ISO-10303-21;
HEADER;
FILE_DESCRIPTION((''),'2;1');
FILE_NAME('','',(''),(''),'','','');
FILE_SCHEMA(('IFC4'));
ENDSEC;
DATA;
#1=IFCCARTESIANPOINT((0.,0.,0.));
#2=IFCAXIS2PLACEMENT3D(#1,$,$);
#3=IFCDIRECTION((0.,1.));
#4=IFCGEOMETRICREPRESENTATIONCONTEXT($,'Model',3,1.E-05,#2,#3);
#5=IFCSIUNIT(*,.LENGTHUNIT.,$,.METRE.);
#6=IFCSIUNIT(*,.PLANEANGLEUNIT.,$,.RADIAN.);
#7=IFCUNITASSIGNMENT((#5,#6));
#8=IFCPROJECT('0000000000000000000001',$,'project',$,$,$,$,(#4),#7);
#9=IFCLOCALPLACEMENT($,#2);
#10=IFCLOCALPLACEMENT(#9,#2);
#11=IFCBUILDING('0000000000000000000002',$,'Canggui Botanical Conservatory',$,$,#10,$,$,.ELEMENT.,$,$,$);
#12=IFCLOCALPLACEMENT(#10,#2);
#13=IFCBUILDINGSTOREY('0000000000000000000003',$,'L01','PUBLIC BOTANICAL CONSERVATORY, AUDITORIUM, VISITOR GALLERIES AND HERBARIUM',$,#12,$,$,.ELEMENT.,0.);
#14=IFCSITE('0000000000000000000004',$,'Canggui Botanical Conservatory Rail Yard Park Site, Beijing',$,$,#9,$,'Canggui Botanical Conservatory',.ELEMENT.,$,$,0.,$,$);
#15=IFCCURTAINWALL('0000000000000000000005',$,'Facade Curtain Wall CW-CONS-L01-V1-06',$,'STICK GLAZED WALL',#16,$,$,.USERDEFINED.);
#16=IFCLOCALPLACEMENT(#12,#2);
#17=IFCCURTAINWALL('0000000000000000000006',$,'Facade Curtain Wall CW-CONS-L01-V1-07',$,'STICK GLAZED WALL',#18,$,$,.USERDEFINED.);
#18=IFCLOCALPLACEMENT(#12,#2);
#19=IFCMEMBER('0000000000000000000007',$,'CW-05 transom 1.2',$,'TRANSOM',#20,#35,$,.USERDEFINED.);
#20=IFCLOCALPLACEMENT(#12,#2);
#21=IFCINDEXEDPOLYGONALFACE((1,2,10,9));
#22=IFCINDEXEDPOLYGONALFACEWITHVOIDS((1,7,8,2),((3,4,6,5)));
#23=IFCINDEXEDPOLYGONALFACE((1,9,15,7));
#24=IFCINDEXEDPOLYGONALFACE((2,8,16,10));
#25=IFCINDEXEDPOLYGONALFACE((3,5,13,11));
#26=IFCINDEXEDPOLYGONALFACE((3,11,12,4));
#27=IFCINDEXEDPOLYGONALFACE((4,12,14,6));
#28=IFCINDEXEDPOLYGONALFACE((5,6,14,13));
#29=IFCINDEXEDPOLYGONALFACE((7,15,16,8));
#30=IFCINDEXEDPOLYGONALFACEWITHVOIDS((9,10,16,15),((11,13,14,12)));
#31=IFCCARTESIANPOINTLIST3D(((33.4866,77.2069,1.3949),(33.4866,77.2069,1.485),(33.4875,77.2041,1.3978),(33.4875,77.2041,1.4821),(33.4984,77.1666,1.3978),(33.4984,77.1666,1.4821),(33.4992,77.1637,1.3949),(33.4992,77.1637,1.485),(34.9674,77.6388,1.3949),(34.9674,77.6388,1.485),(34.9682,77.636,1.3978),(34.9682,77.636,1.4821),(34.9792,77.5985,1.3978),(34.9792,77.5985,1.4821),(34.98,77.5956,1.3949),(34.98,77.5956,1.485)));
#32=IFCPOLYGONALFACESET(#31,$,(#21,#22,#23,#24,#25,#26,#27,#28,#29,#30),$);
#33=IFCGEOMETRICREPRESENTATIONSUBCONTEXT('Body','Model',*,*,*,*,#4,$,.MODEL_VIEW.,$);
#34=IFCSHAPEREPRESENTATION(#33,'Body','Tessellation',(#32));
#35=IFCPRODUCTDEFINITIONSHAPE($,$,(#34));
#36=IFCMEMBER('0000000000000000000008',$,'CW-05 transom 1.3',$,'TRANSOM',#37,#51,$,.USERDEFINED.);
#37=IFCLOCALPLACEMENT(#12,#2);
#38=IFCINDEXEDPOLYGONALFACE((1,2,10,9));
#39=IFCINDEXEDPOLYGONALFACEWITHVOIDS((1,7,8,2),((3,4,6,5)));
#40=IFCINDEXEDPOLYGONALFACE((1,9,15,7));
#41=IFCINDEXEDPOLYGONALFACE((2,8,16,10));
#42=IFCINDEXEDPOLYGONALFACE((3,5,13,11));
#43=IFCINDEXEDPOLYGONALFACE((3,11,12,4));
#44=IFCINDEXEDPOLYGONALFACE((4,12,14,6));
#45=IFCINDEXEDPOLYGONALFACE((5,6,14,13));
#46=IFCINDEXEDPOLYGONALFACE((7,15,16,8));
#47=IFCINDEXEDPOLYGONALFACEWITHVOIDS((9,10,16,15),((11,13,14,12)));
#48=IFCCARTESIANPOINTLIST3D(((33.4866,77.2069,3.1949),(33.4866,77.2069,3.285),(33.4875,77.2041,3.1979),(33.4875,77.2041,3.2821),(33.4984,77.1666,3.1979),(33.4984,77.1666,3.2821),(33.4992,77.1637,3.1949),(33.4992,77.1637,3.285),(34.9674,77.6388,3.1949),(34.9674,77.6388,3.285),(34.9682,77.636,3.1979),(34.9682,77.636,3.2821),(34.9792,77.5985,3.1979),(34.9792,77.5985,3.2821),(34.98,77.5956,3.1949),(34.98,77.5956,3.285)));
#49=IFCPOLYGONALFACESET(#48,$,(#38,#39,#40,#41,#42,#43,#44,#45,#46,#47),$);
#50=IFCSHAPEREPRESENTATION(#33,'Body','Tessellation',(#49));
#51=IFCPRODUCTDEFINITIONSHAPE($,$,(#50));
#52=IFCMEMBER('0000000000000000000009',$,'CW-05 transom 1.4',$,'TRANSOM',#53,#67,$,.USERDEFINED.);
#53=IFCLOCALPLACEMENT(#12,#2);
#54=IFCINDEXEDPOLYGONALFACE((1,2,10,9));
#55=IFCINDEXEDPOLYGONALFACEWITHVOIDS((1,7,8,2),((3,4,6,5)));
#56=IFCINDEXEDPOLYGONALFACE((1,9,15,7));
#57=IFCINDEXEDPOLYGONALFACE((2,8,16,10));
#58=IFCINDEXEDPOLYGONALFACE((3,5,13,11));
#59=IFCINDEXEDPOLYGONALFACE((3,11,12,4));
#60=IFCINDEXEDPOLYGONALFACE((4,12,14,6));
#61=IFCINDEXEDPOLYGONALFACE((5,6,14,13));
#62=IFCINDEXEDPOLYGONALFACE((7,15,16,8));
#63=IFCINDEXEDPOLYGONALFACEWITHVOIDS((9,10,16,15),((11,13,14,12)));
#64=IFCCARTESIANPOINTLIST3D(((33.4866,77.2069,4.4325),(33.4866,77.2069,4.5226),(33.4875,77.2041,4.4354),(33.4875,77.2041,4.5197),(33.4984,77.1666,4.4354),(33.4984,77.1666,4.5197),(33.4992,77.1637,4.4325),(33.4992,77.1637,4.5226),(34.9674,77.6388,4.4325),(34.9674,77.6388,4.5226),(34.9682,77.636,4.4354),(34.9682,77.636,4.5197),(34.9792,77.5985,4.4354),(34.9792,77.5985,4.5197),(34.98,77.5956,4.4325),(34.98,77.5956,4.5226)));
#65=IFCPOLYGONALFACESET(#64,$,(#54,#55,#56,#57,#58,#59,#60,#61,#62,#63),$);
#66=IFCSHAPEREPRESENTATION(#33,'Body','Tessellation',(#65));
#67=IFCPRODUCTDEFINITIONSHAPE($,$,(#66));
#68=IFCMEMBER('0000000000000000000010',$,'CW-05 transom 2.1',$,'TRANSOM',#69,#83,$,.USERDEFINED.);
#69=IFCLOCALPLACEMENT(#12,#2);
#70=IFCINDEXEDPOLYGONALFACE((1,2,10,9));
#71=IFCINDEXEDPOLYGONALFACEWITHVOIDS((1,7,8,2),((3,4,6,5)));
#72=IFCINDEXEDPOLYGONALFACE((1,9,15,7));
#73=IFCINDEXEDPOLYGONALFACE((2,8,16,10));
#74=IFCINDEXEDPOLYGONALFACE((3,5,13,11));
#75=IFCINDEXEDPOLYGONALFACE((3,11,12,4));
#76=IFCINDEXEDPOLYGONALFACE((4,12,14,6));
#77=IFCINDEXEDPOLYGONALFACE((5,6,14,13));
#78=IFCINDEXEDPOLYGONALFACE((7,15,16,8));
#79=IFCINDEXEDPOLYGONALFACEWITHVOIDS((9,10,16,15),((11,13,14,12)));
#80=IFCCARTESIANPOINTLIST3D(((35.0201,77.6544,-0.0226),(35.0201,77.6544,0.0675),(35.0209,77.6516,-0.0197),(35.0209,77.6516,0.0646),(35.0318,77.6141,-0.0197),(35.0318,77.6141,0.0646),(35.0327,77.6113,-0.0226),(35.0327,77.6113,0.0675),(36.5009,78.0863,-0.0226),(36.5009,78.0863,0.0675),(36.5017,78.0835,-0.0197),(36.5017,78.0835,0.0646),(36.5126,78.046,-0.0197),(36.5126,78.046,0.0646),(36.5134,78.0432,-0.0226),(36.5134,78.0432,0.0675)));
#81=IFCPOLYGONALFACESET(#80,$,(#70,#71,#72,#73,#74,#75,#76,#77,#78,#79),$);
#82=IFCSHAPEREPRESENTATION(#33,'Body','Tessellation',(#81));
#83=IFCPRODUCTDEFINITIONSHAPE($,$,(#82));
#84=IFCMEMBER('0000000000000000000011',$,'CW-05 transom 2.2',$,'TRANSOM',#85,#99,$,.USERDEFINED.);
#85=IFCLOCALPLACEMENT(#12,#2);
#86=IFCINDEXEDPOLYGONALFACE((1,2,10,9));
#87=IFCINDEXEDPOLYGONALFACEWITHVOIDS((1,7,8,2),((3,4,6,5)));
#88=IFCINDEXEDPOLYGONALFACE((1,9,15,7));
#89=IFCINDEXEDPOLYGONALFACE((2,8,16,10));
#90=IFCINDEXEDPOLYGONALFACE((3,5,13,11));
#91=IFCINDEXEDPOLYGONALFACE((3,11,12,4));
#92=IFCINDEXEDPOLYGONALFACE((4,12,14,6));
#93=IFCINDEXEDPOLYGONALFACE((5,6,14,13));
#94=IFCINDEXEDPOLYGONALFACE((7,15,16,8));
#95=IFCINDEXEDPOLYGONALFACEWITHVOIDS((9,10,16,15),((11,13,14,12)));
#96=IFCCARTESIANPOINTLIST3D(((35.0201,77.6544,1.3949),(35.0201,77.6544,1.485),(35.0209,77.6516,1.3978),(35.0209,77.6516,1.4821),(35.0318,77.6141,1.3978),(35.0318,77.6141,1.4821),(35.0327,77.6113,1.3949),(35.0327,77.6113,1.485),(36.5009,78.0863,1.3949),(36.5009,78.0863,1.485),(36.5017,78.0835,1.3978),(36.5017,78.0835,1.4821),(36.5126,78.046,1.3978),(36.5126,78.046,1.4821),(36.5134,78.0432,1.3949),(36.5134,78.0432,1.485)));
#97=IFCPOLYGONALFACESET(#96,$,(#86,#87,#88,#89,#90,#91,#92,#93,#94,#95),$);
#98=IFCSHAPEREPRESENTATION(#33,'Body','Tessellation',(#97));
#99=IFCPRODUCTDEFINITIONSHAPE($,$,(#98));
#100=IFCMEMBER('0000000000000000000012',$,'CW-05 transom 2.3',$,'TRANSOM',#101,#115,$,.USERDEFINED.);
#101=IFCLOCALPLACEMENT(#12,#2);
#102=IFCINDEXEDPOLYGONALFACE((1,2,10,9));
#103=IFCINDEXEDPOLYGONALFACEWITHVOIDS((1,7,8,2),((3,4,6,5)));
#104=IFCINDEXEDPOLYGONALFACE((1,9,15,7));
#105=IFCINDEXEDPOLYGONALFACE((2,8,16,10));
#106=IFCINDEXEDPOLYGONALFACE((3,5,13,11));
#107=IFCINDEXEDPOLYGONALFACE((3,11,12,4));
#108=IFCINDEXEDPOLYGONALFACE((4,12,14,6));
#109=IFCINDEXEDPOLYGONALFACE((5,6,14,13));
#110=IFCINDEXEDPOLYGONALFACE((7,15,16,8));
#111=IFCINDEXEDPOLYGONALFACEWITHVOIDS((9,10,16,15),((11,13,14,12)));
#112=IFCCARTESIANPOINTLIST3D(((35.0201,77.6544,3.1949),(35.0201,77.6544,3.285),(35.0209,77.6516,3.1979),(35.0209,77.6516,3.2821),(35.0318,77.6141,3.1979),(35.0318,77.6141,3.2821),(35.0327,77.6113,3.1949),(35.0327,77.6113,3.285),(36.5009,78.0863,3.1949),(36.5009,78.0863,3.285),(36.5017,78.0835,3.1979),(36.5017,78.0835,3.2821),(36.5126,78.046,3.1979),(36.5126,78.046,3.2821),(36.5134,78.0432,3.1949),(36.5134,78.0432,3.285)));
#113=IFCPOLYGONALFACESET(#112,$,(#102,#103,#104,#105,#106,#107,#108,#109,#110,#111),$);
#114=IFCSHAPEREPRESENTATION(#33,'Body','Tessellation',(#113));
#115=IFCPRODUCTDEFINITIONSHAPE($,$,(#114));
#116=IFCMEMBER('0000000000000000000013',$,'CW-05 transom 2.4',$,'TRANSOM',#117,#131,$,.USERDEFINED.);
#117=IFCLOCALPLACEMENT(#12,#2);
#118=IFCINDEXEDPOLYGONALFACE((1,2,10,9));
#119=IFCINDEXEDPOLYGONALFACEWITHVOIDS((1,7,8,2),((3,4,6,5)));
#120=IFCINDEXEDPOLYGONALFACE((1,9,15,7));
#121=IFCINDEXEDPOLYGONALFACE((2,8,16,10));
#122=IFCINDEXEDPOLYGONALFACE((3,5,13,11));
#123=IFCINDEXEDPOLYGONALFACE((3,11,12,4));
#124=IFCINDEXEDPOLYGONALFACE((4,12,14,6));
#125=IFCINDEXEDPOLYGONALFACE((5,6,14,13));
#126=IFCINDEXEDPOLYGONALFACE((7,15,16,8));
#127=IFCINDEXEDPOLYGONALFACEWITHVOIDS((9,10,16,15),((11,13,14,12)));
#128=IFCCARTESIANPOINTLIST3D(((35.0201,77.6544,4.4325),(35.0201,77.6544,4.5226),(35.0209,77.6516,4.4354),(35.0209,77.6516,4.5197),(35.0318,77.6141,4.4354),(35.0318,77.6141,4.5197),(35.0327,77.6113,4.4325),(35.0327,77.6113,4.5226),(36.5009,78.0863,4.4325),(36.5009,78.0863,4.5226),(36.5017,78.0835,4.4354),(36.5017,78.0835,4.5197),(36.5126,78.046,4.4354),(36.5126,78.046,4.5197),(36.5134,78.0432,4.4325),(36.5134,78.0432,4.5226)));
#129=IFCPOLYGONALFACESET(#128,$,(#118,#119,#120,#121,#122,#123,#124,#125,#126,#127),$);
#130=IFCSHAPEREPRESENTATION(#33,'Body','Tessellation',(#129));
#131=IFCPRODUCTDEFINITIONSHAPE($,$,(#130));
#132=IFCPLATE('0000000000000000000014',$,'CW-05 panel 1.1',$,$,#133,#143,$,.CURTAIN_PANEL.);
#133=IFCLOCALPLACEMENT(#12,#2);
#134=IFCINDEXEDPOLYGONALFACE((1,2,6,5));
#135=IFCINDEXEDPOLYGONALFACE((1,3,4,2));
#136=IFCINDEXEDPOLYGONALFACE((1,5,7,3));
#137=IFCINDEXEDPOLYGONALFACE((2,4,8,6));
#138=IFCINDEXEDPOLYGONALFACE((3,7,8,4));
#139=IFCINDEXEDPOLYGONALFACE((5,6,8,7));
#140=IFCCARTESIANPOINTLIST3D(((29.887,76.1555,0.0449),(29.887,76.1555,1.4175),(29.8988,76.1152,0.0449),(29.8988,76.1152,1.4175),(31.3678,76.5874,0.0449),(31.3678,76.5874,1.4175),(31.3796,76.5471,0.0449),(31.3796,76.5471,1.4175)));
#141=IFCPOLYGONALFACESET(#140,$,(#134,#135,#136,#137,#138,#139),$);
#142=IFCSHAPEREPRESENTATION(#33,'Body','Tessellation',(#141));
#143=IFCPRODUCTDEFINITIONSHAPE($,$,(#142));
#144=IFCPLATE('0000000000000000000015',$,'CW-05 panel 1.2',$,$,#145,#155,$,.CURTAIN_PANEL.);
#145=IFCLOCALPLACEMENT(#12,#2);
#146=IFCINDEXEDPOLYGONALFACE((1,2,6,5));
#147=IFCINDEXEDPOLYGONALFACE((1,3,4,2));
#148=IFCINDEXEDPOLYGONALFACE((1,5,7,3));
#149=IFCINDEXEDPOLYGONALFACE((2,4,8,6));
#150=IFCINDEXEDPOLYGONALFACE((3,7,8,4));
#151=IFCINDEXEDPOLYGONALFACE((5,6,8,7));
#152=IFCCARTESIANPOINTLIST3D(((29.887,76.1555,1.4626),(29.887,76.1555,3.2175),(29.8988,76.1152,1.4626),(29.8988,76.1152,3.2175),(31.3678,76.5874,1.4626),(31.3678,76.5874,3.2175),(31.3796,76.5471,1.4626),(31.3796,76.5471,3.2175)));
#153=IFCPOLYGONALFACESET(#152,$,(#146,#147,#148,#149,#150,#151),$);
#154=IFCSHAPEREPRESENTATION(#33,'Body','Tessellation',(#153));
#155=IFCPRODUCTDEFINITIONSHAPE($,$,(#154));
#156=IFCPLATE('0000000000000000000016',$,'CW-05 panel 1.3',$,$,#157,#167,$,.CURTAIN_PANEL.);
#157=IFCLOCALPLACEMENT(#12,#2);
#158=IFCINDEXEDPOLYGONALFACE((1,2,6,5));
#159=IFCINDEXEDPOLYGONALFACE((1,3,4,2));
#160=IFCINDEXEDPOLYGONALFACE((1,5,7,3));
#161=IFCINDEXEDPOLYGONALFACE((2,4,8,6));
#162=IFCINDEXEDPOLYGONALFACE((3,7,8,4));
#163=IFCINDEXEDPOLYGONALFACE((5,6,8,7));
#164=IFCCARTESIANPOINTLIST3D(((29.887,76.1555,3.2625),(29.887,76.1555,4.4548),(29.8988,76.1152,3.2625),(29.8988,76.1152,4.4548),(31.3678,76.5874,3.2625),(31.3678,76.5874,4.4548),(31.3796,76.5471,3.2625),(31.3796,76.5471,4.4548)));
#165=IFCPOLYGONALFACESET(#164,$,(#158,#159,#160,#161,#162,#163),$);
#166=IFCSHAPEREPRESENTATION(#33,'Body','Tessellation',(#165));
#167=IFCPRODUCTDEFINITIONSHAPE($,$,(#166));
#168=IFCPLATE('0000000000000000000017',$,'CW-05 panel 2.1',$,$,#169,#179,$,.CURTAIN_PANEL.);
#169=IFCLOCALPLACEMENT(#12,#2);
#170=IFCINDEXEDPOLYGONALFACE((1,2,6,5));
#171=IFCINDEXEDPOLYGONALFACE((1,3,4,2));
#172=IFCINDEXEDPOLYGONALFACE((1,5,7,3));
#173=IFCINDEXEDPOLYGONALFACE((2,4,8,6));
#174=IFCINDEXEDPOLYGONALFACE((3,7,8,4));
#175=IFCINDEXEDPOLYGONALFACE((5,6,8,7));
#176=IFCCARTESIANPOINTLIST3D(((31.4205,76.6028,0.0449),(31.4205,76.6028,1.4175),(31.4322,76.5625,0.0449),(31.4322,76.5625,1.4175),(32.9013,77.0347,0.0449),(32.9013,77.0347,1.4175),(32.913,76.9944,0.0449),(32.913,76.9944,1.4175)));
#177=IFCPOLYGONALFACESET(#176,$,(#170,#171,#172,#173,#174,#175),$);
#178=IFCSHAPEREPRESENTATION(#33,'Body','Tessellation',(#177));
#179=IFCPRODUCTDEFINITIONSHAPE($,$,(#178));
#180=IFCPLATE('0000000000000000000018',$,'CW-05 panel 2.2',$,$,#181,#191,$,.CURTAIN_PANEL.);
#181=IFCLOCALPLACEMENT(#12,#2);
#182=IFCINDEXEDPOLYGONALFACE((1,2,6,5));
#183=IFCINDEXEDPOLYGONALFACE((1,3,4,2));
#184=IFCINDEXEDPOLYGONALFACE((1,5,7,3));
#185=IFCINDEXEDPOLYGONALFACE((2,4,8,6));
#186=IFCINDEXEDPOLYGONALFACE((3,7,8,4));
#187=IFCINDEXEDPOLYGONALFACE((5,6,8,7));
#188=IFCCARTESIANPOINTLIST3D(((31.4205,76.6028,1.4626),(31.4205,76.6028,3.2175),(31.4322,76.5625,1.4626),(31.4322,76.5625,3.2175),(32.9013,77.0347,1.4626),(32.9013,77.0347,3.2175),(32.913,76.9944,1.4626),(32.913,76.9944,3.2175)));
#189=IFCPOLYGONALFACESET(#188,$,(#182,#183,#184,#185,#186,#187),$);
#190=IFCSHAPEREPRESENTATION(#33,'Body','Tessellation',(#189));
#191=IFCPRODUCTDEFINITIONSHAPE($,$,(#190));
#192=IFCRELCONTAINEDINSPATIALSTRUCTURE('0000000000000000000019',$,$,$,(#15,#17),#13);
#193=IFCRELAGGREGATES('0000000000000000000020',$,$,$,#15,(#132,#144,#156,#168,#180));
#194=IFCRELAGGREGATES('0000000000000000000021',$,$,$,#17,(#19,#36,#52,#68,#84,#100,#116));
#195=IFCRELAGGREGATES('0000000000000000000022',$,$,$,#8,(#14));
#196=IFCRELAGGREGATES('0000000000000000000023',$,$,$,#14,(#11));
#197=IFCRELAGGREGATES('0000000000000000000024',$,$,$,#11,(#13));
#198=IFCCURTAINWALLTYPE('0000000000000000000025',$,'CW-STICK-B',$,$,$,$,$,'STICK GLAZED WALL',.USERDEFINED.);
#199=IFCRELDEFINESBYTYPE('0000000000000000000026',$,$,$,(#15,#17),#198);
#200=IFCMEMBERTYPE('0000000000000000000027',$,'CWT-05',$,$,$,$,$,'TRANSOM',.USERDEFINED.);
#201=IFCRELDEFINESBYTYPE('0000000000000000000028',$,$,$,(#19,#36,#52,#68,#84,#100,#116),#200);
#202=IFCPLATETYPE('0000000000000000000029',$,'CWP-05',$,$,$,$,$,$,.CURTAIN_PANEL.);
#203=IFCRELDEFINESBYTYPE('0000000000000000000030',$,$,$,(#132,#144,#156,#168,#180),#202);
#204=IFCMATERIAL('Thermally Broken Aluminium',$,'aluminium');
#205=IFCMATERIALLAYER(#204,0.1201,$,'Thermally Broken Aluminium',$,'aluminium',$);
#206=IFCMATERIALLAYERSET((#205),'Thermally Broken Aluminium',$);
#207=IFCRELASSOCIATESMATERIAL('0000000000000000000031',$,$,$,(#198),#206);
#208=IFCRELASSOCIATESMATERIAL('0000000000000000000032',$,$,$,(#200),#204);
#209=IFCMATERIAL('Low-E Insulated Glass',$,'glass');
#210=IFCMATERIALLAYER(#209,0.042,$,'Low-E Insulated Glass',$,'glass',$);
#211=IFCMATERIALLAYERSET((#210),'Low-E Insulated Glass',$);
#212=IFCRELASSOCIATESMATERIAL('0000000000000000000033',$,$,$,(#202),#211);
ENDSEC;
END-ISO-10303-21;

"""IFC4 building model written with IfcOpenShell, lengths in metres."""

from ifc_helpers import new_model, si_unit, direction, frame, origin, origin_2d, place, context, subcontext, project, spatial, rectangle, hollow_rectangle, extrude, material, layer, layer_set, material_profile, profile_set, type_object, element, aggregate, save


model = new_model("IFC4")

# Units and contexts
model_context = context("Model", 3, precision=1e-05, world=origin(), true_north=direction((0.0, 1.0)))
body_context = subcontext(model_context, "Body", "Model", "MODEL_VIEW")
ifc_project = project(units=[si_unit("LENGTHUNIT", "METRE"), si_unit("PLANEANGLEUNIT", "RADIAN")], contexts=[model_context])

# Site, building, storey
site_placement = place(None, origin())
site = spatial("IfcSite", under=ifc_project, at=site_placement, Name="Canggui Botanical Conservatory Rail Yard Park Site, Beijing", LongName="Canggui Botanical Conservatory", CompositionType="ELEMENT", RefElevation=0.0)
building_placement = place(site_placement, origin())
building = spatial("IfcBuilding", under=site, at=building_placement, Name="Canggui Botanical Conservatory", CompositionType="ELEMENT")
storey_placement = place(building_placement, origin())
storey = spatial("IfcBuildingStorey", under=building, at=storey_placement, Name="L01", Description="PUBLIC BOTANICAL CONSERVATORY, AUDITORIUM, VISITOR GALLERIES AND HERBARIUM", CompositionType="ELEMENT", Elevation=0.0)

# Curtain walls
ifc_material_1 = material(Name="Thermally Broken Aluminium", Category="aluminium")
ifc_layer_1 = layer(ifc_material_1, 0.1201, Name="Thermally Broken Aluminium", Category="aluminium")
ifc_layer_set_1 = layer_set([ifc_layer_1], Name="Thermally Broken Aluminium")
curtain_wall_type = type_object("IfcCurtainWallType", Name="CW-STICK-B", ElementType="STICK GLAZED WALL", PredefinedType="USERDEFINED", material=ifc_layer_set_1)
curtain_wall_1_placement = place(storey_placement, origin())
curtain_wall_1 = element("IfcCurtainWall", 1, at=curtain_wall_1_placement, inside=storey, type_object=curtain_wall_type, Name="Facade Curtain Wall CW-CONS-L01-V1-06", ObjectType="STICK GLAZED WALL", PredefinedType="USERDEFINED")
curtain_wall_2_placement = place(storey_placement, origin())
curtain_wall_2 = element("IfcCurtainWall", 2, at=curtain_wall_2_placement, inside=storey, type_object=curtain_wall_type, Name="Facade Curtain Wall CW-CONS-L01-V1-07", ObjectType="STICK GLAZED WALL", PredefinedType="USERDEFINED")

# Members
ifc_material_profile_1 = material_profile(ifc_material_1, hollow_rectangle(XDim=0.0449, YDim=0.0901, WallThickness=0.0029, at=origin_2d()), Name="CWT 45x90x3")
ifc_profile_set_1 = profile_set([ifc_material_profile_1], Name="Thermally Broken Aluminium")
member_type_1 = type_object("IfcMemberType", Name="CWT-05", ElementType="TRANSOM", PredefinedType="USERDEFINED", material=ifc_profile_set_1)
member_1_placement = place(storey_placement, frame((33.4929, 77.1853, 1.4399), z_axis=(0.959998, 0.280006, 0.0), x_axis=(-0.280006, 0.959998, 0.0)))
member_1 = element("IfcMember", 3, at=member_1_placement, type_object=member_type_1, Name="CW-05 transom 1.2", ObjectType="TRANSOM", PredefinedType="USERDEFINED", context=body_context, shape_type="SweptSolid", body=[
    extrude(hollow_rectangle(XDim=0.0449, YDim=0.0901, WallThickness=0.0029, at=origin_2d()), origin(), (0.0, 0.0, 1.0), 1.5425),
])
member_2_placement = place(storey_placement, frame((33.4929, 77.1853, 3.24), z_axis=(0.959998, 0.280006, 0.0), x_axis=(-0.280006, 0.959998, 0.0)))
member_2 = element("IfcMember", 4, at=member_2_placement, type_object=member_type_1, Name="CW-05 transom 1.3", ObjectType="TRANSOM", PredefinedType="USERDEFINED", context=body_context, shape_type="SweptSolid", body=[
    extrude(hollow_rectangle(XDim=0.0449, YDim=0.0901, WallThickness=0.0029, at=origin_2d()), origin(), (0.0, 0.0, 1.0), 1.5425),
])
member_3_placement = place(storey_placement, frame((33.4929, 77.1853, 4.4775), z_axis=(0.959998, 0.280006, 0.0), x_axis=(-0.280006, 0.959998, 0.0)))
member_3 = element("IfcMember", 5, at=member_3_placement, type_object=member_type_1, Name="CW-05 transom 1.4", ObjectType="TRANSOM", PredefinedType="USERDEFINED", context=body_context, shape_type="SweptSolid", body=[
    extrude(hollow_rectangle(XDim=0.0449, YDim=0.0901, WallThickness=0.0029, at=origin_2d()), origin(), (0.0, 0.0, 1.0), 1.5425),
])
member_4_placement = place(storey_placement, frame((35.0264, 77.6328, 0.0225), z_axis=(0.959998, 0.280006, 0.0), x_axis=(-0.280006, 0.959998, 0.0)))
member_4 = element("IfcMember", 6, at=member_4_placement, type_object=member_type_1, Name="CW-05 transom 2.1", ObjectType="TRANSOM", PredefinedType="USERDEFINED", context=body_context, shape_type="SweptSolid", body=[
    extrude(hollow_rectangle(XDim=0.0449, YDim=0.0901, WallThickness=0.0029, at=origin_2d()), origin(), (0.0, 0.0, 1.0), 1.5425),
])
member_5_placement = place(storey_placement, frame((35.0264, 77.6328, 1.4399), z_axis=(0.959998, 0.280006, 0.0), x_axis=(-0.280006, 0.959998, 0.0)))
member_5 = element("IfcMember", 7, at=member_5_placement, type_object=member_type_1, Name="CW-05 transom 2.2", ObjectType="TRANSOM", PredefinedType="USERDEFINED", context=body_context, shape_type="SweptSolid", body=[
    extrude(hollow_rectangle(XDim=0.0449, YDim=0.0901, WallThickness=0.0029, at=origin_2d()), origin(), (0.0, 0.0, 1.0), 1.5425),
])
member_6_placement = place(storey_placement, frame((35.0264, 77.6328, 3.24), z_axis=(0.959998, 0.280006, 0.0), x_axis=(-0.280006, 0.959998, 0.0)))
member_6 = element("IfcMember", 8, at=member_6_placement, type_object=member_type_1, Name="CW-05 transom 2.3", ObjectType="TRANSOM", PredefinedType="USERDEFINED", context=body_context, shape_type="SweptSolid", body=[
    extrude(hollow_rectangle(XDim=0.0449, YDim=0.0901, WallThickness=0.0029, at=origin_2d()), origin(), (0.0, 0.0, 1.0), 1.5425),
])
member_7_placement = place(storey_placement, frame((35.0264, 77.6328, 4.4775), z_axis=(0.959998, 0.280006, 0.0), x_axis=(-0.280006, 0.959998, 0.0)))
member_7 = element("IfcMember", 9, at=member_7_placement, type_object=member_type_1, Name="CW-05 transom 2.4", ObjectType="TRANSOM", PredefinedType="USERDEFINED", context=body_context, shape_type="SweptSolid", body=[
    extrude(hollow_rectangle(XDim=0.0449, YDim=0.0901, WallThickness=0.0029, at=origin_2d()), origin(), (0.0, 0.0, 1.0), 1.5425),
])

# Plates
ifc_material_2 = material(Name="Low-E Insulated Glass", Category="glass")
ifc_layer_2 = layer(ifc_material_2, 0.042, Name="Low-E Insulated Glass", Category="glass")
ifc_layer_set_2 = layer_set([ifc_layer_2], Name="Low-E Insulated Glass")
plate_type_1 = type_object("IfcPlateType", Name="CWP-05", PredefinedType="CURTAIN_PANEL", material=ifc_layer_set_2)
plate_1_placement = place(storey_placement, frame((30.6333, 76.3513, 0.0449), z_axis=(0.0, 0.0, 1.0), x_axis=(0.96, 0.28, 0.0)))
plate_1 = element("IfcPlate", 10, at=plate_1_placement, type_object=plate_type_1, Name="CW-05 panel 1.1", PredefinedType="CURTAIN_PANEL", context=body_context, shape_type="SweptSolid", body=[
    extrude(rectangle(XDim=1.5425, YDim=0.042, at=origin_2d()), origin(), (0.0, 0.0, 1.0), 1.3726),
])
plate_2_placement = place(storey_placement, frame((30.6333, 76.3513, 1.4626), z_axis=(0.0, 0.0, 1.0), x_axis=(0.96, 0.28, 0.0)))
plate_2 = element("IfcPlate", 11, at=plate_2_placement, type_object=plate_type_1, Name="CW-05 panel 1.2", PredefinedType="CURTAIN_PANEL", context=body_context, shape_type="SweptSolid", body=[
    extrude(rectangle(XDim=1.5425, YDim=0.042, at=origin_2d()), origin(), (0.0, 0.0, 1.0), 1.7549),
])
plate_3_placement = place(storey_placement, frame((30.6333, 76.3513, 3.2625), z_axis=(0.0, 0.0, 1.0), x_axis=(0.96, 0.28, 0.0)))
plate_3 = element("IfcPlate", 12, at=plate_3_placement, type_object=plate_type_1, Name="CW-05 panel 1.3", PredefinedType="CURTAIN_PANEL", context=body_context, shape_type="SweptSolid", body=[
    extrude(rectangle(XDim=1.5425, YDim=0.042, at=origin_2d()), origin(), (0.0, 0.0, 1.0), 1.1924),
])
plate_4_placement = place(storey_placement, frame((32.1667, 76.7986, 0.0449), z_axis=(0.0, 0.0, 1.0), x_axis=(0.96, 0.28, 0.0)))
plate_4 = element("IfcPlate", 13, at=plate_4_placement, type_object=plate_type_1, Name="CW-05 panel 2.1", PredefinedType="CURTAIN_PANEL", context=body_context, shape_type="SweptSolid", body=[
    extrude(rectangle(XDim=1.5425, YDim=0.042, at=origin_2d()), origin(), (0.0, 0.0, 1.0), 1.3726),
])
plate_5_placement = place(storey_placement, frame((32.1667, 76.7986, 1.4626), z_axis=(0.0, 0.0, 1.0), x_axis=(0.96, 0.28, 0.0)))
plate_5 = element("IfcPlate", 14, at=plate_5_placement, type_object=plate_type_1, Name="CW-05 panel 2.2", PredefinedType="CURTAIN_PANEL", context=body_context, shape_type="SweptSolid", body=[
    extrude(rectangle(XDim=1.5425, YDim=0.042, at=origin_2d()), origin(), (0.0, 0.0, 1.0), 1.7549),
])
aggregate(curtain_wall_1, [plate_1, plate_2, plate_3, plate_4, plate_5])
aggregate(curtain_wall_2, [member_1, member_2, member_3, member_4, member_5, member_6, member_7])

save(model, "model.ifc")
